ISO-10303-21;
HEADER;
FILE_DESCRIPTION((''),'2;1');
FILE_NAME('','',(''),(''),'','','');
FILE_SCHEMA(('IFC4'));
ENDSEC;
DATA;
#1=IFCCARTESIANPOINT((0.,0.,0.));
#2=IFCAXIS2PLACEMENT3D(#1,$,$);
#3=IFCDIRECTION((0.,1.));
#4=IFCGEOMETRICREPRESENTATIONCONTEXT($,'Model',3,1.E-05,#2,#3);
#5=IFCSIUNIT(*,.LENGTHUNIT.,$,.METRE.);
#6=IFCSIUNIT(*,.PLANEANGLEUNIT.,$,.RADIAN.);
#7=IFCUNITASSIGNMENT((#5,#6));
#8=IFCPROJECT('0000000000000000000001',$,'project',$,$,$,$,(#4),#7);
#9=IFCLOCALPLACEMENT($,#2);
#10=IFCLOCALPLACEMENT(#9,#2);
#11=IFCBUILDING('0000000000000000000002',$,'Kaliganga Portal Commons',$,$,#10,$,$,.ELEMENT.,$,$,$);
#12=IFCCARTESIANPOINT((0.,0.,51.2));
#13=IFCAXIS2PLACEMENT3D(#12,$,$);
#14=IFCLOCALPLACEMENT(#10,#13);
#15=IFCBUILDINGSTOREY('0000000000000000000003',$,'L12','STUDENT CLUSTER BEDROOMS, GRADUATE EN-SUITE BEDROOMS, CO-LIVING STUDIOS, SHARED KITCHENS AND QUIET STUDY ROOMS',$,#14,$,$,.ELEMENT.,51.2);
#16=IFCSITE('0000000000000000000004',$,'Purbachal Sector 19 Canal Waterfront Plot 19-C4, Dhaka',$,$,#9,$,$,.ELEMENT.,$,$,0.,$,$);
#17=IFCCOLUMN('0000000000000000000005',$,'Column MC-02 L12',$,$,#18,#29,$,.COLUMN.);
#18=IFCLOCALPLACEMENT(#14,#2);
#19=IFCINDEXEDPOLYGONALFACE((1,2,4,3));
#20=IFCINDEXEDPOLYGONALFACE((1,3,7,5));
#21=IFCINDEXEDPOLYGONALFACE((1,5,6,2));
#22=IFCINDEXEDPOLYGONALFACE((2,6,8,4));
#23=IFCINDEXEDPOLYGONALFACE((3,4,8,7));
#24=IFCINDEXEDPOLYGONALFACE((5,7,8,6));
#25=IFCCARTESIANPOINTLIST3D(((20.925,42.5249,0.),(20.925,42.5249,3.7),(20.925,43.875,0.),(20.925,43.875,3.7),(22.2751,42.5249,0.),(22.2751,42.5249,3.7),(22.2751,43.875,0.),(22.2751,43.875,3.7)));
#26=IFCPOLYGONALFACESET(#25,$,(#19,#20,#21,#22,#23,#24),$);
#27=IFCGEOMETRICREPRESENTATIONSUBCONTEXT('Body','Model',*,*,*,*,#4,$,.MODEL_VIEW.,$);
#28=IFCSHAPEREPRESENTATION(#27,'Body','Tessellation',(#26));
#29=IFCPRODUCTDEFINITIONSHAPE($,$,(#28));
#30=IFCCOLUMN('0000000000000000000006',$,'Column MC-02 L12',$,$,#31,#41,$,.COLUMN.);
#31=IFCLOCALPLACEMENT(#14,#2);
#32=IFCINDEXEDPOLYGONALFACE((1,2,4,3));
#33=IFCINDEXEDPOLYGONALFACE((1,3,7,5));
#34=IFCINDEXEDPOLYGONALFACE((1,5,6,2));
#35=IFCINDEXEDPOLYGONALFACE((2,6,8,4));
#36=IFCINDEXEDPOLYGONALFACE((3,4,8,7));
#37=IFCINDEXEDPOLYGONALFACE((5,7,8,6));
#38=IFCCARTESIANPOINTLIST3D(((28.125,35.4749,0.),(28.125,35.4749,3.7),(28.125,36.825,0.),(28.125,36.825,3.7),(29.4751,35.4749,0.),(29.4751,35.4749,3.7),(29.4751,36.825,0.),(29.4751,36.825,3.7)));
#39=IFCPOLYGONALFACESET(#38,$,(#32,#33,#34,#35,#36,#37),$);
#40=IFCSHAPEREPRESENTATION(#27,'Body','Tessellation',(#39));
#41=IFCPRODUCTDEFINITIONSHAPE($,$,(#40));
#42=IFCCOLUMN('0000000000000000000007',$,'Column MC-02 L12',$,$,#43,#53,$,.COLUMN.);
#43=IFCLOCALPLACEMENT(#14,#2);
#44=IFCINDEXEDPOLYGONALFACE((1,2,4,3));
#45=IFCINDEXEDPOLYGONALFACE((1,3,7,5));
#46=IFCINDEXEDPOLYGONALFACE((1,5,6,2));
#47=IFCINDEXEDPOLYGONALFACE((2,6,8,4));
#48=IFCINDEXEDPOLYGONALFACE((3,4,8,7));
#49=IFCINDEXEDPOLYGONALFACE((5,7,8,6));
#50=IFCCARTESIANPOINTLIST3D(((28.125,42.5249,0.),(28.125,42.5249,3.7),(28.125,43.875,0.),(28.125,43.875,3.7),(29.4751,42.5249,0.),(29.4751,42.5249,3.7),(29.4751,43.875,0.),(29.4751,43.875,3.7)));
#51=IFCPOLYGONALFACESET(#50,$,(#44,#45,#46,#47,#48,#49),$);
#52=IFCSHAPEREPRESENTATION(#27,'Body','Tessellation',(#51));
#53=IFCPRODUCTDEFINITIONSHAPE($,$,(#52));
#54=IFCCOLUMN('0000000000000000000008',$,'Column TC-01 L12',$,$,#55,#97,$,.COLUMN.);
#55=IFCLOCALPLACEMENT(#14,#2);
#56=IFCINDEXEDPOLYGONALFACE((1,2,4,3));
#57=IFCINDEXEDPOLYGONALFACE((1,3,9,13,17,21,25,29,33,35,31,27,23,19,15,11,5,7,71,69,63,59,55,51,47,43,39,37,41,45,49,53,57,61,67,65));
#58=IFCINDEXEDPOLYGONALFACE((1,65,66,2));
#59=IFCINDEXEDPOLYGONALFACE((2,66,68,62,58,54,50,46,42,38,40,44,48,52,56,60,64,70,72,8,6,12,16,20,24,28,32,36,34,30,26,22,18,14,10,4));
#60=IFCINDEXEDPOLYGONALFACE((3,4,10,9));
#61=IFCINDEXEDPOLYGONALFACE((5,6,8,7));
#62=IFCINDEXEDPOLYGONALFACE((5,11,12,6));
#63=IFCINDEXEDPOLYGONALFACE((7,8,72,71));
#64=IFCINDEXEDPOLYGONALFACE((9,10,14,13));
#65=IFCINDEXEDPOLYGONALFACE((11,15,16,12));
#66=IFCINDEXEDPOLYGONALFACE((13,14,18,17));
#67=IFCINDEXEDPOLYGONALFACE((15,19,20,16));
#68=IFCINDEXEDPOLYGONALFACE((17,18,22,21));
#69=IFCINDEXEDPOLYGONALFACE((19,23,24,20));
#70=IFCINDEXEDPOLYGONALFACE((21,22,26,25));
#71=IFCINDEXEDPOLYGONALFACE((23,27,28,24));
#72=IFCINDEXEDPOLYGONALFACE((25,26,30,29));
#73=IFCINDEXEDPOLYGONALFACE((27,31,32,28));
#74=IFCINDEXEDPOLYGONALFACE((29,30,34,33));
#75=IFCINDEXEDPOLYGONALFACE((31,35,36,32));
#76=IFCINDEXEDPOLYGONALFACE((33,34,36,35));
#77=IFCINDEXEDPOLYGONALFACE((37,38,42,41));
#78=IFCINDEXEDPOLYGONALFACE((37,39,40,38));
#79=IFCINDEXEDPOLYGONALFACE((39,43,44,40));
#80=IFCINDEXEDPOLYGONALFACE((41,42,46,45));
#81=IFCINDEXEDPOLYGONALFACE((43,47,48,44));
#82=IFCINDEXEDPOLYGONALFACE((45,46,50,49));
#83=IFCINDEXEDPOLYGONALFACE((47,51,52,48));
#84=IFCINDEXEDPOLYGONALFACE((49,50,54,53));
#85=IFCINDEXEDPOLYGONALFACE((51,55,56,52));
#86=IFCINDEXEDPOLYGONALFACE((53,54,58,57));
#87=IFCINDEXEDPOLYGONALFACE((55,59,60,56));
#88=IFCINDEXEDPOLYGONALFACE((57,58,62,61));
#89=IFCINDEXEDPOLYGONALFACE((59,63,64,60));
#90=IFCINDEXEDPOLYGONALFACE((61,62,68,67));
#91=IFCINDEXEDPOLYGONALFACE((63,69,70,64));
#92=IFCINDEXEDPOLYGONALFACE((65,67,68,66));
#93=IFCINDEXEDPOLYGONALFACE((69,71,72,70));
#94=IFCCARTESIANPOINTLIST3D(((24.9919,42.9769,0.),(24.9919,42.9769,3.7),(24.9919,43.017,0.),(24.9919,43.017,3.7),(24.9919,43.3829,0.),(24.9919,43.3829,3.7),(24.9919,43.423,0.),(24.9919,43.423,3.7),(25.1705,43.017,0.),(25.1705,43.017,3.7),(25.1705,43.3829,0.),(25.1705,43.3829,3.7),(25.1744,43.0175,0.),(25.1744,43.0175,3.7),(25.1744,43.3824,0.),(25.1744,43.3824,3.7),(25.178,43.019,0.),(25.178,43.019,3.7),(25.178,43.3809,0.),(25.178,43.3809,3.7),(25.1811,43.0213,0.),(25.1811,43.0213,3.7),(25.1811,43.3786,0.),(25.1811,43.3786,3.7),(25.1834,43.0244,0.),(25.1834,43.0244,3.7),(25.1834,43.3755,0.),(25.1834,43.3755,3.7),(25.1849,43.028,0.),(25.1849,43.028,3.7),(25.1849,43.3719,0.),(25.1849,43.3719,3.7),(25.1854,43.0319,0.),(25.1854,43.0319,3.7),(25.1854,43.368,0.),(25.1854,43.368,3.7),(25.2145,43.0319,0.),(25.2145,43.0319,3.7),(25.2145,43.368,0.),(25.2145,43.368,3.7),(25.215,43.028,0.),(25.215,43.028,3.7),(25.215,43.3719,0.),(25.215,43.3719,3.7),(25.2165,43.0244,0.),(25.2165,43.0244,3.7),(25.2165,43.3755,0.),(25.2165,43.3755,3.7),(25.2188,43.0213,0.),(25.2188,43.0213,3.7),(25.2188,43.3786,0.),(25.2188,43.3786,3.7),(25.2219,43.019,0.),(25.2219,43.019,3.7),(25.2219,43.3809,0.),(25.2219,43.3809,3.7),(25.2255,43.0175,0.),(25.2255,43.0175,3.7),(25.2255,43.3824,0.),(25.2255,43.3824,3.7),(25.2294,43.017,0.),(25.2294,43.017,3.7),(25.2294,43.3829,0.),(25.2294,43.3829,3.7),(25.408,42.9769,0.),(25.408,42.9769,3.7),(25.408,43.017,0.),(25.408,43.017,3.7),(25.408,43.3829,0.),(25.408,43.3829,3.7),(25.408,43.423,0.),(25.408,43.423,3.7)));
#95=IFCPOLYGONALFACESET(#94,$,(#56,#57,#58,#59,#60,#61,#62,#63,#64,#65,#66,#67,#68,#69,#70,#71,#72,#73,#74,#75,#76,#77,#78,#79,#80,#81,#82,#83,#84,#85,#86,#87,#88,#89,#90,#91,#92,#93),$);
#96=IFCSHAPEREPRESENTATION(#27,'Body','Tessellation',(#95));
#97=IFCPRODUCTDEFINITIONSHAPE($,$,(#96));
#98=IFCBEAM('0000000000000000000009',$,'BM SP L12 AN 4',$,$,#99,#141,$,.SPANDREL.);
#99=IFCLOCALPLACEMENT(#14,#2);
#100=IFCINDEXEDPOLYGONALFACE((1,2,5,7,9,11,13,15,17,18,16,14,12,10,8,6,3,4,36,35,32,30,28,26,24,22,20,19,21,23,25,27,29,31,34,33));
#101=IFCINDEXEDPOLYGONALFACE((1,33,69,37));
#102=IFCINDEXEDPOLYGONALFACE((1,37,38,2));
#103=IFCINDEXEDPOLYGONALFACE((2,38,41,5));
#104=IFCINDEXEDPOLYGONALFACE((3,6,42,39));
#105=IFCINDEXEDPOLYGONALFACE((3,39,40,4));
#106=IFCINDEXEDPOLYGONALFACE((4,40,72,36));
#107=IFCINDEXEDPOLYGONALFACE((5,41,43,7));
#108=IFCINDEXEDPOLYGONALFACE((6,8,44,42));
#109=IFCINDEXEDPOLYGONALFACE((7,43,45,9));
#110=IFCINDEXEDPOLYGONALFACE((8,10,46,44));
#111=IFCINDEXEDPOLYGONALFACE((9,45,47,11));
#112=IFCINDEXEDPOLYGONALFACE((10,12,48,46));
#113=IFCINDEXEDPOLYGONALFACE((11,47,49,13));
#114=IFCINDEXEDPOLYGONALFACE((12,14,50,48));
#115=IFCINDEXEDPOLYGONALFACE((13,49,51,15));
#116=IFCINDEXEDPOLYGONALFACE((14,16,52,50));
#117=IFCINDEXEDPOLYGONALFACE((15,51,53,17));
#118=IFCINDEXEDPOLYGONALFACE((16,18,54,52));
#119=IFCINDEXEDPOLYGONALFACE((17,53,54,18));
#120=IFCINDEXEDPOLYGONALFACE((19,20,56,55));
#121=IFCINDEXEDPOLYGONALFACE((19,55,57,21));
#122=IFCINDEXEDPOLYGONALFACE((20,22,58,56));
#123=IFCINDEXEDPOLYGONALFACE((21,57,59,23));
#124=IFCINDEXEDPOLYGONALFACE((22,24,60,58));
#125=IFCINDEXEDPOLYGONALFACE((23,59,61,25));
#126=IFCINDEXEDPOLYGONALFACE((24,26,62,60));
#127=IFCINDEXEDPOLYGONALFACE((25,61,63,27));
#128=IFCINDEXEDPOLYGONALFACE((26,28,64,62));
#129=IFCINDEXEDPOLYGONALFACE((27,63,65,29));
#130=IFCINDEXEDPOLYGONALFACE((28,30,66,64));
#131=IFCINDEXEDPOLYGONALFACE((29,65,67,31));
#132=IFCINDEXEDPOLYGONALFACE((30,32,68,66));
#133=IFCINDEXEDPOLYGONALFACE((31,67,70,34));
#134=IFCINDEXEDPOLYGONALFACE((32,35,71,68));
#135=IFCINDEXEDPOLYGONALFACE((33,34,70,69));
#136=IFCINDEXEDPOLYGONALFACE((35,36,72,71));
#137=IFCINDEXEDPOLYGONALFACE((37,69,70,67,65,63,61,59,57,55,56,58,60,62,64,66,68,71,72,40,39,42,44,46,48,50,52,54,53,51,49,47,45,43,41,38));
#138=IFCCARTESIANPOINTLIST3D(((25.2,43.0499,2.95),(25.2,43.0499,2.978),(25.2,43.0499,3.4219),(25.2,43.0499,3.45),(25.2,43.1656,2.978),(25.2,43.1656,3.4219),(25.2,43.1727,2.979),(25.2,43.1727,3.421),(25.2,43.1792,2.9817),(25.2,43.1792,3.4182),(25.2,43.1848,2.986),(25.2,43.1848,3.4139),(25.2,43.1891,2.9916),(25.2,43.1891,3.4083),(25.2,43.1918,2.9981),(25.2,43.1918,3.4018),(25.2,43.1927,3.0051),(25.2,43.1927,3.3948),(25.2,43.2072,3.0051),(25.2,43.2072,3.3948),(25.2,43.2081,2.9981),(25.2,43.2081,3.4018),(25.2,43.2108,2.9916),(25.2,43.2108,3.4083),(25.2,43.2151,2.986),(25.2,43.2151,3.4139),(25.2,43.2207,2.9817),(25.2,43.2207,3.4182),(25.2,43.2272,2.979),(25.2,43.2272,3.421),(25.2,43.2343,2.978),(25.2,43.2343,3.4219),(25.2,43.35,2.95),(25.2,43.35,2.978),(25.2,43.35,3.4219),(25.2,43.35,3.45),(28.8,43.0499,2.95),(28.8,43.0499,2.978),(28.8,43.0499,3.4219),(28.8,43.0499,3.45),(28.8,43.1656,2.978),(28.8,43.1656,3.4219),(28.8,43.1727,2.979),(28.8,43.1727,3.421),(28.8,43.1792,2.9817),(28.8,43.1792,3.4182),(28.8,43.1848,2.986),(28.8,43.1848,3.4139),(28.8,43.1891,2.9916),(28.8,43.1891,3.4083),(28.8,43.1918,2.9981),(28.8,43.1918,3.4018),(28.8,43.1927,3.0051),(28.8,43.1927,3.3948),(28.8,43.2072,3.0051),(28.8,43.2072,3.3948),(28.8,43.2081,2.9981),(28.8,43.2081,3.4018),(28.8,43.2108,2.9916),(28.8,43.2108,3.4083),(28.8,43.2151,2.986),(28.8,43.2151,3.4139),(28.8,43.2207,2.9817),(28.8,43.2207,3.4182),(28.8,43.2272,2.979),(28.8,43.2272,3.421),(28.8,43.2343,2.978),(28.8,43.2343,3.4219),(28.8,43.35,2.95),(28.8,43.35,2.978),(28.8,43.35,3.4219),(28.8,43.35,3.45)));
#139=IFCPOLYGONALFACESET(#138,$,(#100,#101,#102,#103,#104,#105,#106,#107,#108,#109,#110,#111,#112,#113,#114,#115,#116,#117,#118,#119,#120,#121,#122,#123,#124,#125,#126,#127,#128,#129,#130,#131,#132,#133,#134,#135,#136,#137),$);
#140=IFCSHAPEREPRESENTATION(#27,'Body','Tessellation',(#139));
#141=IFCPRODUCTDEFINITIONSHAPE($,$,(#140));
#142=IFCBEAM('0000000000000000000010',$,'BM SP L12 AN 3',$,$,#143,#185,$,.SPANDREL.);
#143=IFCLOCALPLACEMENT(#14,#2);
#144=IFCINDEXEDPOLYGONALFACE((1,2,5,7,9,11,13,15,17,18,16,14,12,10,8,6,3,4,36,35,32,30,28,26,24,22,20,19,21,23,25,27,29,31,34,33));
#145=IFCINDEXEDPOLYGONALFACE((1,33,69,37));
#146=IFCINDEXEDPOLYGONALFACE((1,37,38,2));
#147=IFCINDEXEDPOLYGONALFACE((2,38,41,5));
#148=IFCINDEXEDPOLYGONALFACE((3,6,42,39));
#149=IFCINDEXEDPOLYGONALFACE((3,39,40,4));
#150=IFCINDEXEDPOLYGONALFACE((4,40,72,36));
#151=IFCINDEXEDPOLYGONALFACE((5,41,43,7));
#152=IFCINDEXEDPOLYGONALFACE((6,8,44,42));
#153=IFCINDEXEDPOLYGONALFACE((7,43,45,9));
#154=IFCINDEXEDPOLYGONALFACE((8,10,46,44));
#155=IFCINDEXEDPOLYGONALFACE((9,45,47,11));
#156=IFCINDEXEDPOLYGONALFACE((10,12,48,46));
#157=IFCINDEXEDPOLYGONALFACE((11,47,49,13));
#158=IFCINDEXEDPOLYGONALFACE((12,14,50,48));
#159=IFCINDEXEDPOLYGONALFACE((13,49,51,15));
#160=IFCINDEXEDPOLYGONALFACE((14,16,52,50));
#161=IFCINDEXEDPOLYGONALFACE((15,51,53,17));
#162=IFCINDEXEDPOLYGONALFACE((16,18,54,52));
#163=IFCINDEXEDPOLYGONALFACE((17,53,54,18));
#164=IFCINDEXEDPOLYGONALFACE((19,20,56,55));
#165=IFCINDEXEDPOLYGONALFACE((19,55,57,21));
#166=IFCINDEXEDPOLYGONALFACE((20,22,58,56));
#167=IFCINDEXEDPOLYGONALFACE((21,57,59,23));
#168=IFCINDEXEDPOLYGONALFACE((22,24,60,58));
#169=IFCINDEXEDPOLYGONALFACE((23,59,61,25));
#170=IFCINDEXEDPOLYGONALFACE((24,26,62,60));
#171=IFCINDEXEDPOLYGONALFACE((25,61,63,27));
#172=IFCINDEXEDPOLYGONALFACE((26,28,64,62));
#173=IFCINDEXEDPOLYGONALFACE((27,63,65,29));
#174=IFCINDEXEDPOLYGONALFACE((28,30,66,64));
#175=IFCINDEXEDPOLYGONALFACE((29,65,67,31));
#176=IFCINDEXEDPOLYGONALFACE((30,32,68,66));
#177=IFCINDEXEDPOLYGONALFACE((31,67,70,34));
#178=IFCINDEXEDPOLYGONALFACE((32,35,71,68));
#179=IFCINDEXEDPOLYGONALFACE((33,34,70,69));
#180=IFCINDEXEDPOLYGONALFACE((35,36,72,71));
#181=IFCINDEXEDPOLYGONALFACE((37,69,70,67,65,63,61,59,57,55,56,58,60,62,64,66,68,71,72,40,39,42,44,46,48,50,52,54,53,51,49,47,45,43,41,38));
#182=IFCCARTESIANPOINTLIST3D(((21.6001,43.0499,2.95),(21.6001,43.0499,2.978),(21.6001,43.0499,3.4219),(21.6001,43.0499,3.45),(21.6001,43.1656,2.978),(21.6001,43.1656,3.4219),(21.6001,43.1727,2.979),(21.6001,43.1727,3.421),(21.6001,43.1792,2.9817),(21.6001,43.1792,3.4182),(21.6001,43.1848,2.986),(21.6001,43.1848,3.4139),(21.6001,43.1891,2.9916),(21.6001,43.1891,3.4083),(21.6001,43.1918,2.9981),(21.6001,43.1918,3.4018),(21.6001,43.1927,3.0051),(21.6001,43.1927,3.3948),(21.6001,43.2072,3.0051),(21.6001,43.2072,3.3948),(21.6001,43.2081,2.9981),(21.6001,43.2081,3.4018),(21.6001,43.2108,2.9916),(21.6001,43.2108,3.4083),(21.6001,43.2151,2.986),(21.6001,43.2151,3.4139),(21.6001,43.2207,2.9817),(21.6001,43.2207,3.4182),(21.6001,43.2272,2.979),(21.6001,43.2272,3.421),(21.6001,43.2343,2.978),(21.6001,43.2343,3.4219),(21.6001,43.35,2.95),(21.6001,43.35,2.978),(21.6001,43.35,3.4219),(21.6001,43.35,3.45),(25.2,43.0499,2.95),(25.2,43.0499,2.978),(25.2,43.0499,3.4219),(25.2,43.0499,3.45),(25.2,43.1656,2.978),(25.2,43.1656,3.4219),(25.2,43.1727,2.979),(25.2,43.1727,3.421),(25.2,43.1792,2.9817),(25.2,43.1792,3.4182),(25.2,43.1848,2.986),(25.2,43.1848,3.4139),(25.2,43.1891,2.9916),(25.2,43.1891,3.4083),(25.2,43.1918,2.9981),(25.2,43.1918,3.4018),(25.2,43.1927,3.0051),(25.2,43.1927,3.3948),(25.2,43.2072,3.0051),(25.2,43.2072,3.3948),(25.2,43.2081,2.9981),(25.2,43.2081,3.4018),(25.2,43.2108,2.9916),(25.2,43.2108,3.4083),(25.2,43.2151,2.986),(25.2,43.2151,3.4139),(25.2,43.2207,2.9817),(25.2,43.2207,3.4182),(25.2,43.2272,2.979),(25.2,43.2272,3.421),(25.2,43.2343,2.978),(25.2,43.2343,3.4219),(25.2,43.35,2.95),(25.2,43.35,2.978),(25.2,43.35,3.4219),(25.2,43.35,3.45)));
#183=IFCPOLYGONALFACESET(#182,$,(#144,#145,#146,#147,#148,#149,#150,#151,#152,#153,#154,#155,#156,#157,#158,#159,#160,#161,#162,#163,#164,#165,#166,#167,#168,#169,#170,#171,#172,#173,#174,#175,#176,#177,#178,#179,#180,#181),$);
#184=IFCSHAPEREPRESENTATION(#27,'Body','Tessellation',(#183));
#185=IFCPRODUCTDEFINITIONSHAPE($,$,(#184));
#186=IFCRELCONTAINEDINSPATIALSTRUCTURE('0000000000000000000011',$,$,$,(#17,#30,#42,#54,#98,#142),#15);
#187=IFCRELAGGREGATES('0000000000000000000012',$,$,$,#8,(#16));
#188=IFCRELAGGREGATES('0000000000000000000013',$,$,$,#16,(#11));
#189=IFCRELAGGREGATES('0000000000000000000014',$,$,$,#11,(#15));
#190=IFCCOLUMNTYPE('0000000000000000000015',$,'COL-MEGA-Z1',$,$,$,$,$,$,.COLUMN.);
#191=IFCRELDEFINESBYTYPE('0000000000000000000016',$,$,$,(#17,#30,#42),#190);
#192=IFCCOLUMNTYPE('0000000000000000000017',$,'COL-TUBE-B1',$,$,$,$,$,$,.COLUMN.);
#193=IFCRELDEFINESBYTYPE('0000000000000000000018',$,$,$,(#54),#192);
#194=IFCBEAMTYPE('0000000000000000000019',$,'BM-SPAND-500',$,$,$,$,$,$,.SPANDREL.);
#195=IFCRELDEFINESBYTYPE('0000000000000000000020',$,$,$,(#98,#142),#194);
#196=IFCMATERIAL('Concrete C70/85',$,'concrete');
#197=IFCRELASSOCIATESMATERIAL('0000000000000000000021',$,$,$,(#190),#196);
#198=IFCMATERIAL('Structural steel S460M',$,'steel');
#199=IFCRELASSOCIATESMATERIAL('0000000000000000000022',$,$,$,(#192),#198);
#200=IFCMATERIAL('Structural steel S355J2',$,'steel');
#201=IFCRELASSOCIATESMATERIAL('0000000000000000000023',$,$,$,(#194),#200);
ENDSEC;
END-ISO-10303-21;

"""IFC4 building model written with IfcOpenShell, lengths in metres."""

from ifc_helpers import new_model, si_unit, direction, frame, origin, origin_2d, place, context, subcontext, project, spatial, rectangle, i_section, extrude, source, transform, mapped, material, material_profile, profile_set, type_object, element, save


model = new_model("IFC4")

# Units and contexts
model_context = context("Model", 3, precision=1e-05, world=origin(), true_north=direction((0.0, 1.0)))
body_context = subcontext(model_context, "Body", "Model", "MODEL_VIEW")
ifc_project = project(units=[si_unit("LENGTHUNIT", "METRE"), si_unit("PLANEANGLEUNIT", "RADIAN")], contexts=[model_context])

# Site, building, storey
site_placement = place(None, origin())
site = spatial("IfcSite", under=ifc_project, at=site_placement, Name="Purbachal Sector 19 Canal Waterfront Plot 19-C4, Dhaka", CompositionType="ELEMENT", RefElevation=0.0)
building_placement = place(site_placement, origin())
building = spatial("IfcBuilding", under=site, at=building_placement, Name="Kaliganga Portal Commons", CompositionType="ELEMENT")
storey_placement = place(building_placement, frame((0.0, 0.0, 51.2)))
storey = spatial("IfcBuildingStorey", under=building, at=storey_placement, Name="L12", Description="STUDENT CLUSTER BEDROOMS, GRADUATE EN-SUITE BEDROOMS, CO-LIVING STUDIOS, SHARED KITCHENS AND QUIET STUDY ROOMS", CompositionType="ELEMENT", Elevation=51.2)

# Columns
ifc_material_1 = material(Name="Concrete C70/85", Category="concrete")
ifc_material_profile_1 = material_profile(ifc_material_1, rectangle(XDim=1.3501, YDim=1.3501, at=origin_2d()), Name="RC 1350x1350")
ifc_profile_set_1 = profile_set([ifc_material_profile_1], Name="Concrete C70/85")
column_type_1 = type_object("IfcColumnType", Name="COL-MEGA-Z1", PredefinedType="COLUMN", material=ifc_profile_set_1)
shared_shape_1 = source(origin(), body_context, "Body", "SweptSolid", [
    extrude(rectangle(XDim=1.3501, YDim=1.3501, at=origin_2d()), origin(), (0.0, 0.0, 1.0), 3.7),
])
for number, where, z_axis, x_axis, name in (
    (1, (21.6001, 43.2, 0.0), (0.0, 0.0, 1.0), (1.0, 0.0, 0.0), "Column MC-02 L12"),
    (2, (28.8, 36.1499, 0.0), (0.0, 0.0, 1.0), (1.0, 0.0, 0.0), "Column MC-02 L12"),
    (3, (28.8, 43.2, 0.0), (0.0, 0.0, 1.0), (1.0, 0.0, 0.0), "Column MC-02 L12"),
):
    element("IfcColumn", number, at=place(storey_placement, frame(where, z_axis=z_axis, x_axis=x_axis)), inside=storey, type_object=column_type_1, Name=name, PredefinedType="COLUMN", context=body_context, shape_type="MappedRepresentation", body=[
        mapped(shared_shape_1, transform((0.0, 0.0, 0.0), x_axis=(1.0, 0.0, 0.0), y_axis=(0.0, 1.0, 0.0), z_axis=(0.0, 0.0, 1.0), scale=1.0)),
    ])
ifc_material_2 = material(Name="Structural steel S460M", Category="steel")
ifc_material_profile_2 = material_profile(ifc_material_2, i_section(OverallWidth=0.416, OverallDepth=0.446, WebThickness=0.0291, FlangeThickness=0.04, FilletRadius=0.0149, at=origin_2d()), Name="HD 400x509")
ifc_profile_set_2 = profile_set([ifc_material_profile_2], Name="Structural steel S460M wide-flange")
column_type_2 = type_object("IfcColumnType", Name="COL-TUBE-B1", PredefinedType="COLUMN", material=ifc_profile_set_2)
shared_shape_2 = source(origin(), body_context, "Body", "SweptSolid", [
    extrude(i_section(OverallWidth=0.416, OverallDepth=0.446, WebThickness=0.0291, FlangeThickness=0.04, FilletRadius=0.0149, at=origin_2d()), origin(), (0.0, 0.0, 1.0), 3.7),
])
column_placement = place(storey_placement, frame((25.2, 43.2, 0.0), z_axis=(0.0, 0.0, 1.0), x_axis=(1.0, 0.0, 0.0)))
element("IfcColumn", 4, at=column_placement, inside=storey, type_object=column_type_2, Name="Column TC-01 L12", PredefinedType="COLUMN", context=body_context, shape_type="MappedRepresentation", body=[
    mapped(shared_shape_2, transform((0.0, 0.0, 0.0), x_axis=(1.0, 0.0, 0.0), y_axis=(0.0, 1.0, 0.0), z_axis=(0.0, 0.0, 1.0), scale=1.0)),
])

# Beams
ifc_material_3 = material(Name="Structural steel S355J2", Category="steel")
ifc_material_profile_3 = material_profile(ifc_material_3, i_section(OverallWidth=0.3, OverallDepth=0.5, WebThickness=0.0144, FlangeThickness=0.0281, FilletRadius=0.0271, at=origin_2d()), Name="HE 500 B")
ifc_profile_set_3 = profile_set([ifc_material_profile_3], Name="Structural steel S355J2 wide-flange")
beam_type_1 = type_object("IfcBeamType", Name="BM-SPAND-500", PredefinedType="SPANDREL", material=ifc_profile_set_3)
shared_shape_3 = source(origin(), body_context, "Body", "SweptSolid", [
    extrude(i_section(OverallWidth=0.3, OverallDepth=0.5, WebThickness=0.0144, FlangeThickness=0.0281, FilletRadius=0.0271, at=origin_2d()), origin(), (0.0, 0.0, 1.0), 3.6001),
])
beam_1_placement = place(storey_placement, frame((25.2, 43.2, 3.2), z_axis=(1.0, 0.0, 0.0), x_axis=(0.0, 1.0, 0.0)))
element("IfcBeam", 5, at=beam_1_placement, inside=storey, type_object=beam_type_1, Name="BM SP L12 AN 4", PredefinedType="SPANDREL", context=body_context, shape_type="MappedRepresentation", body=[
    mapped(shared_shape_3, transform((0.0, 0.0, 0.0), x_axis=(1.0, 0.0, 0.0), y_axis=(0.0, 1.0, 0.0), z_axis=(0.0, 0.0, 1.0), scale=1.0)),
])
shared_shape_4 = source(origin(), body_context, "Body", "SweptSolid", [
    extrude(i_section(OverallWidth=0.3, OverallDepth=0.5, WebThickness=0.0144, FlangeThickness=0.0281, FilletRadius=0.0271, at=origin_2d()), origin(), (0.0, 0.0, 1.0), 3.5999),
])
for number, where, z_axis, x_axis, name in (
    (6, (21.6001, 43.2, 3.2), (1.0, 0.0, 0.0), (0.0, 1.0, 0.0), "BM SP L12 AN 3"),
):
    element("IfcBeam", number, at=place(storey_placement, frame(where, z_axis=z_axis, x_axis=x_axis)), inside=storey, type_object=beam_type_1, Name=name, PredefinedType="SPANDREL", context=body_context, shape_type="MappedRepresentation", body=[
        mapped(shared_shape_4, transform((0.0, 0.0, 0.0), x_axis=(1.0, 0.0, 0.0), y_axis=(0.0, 1.0, 0.0), z_axis=(0.0, 0.0, 1.0), scale=1.0)),
    ])

save(model, "model.ifc")
